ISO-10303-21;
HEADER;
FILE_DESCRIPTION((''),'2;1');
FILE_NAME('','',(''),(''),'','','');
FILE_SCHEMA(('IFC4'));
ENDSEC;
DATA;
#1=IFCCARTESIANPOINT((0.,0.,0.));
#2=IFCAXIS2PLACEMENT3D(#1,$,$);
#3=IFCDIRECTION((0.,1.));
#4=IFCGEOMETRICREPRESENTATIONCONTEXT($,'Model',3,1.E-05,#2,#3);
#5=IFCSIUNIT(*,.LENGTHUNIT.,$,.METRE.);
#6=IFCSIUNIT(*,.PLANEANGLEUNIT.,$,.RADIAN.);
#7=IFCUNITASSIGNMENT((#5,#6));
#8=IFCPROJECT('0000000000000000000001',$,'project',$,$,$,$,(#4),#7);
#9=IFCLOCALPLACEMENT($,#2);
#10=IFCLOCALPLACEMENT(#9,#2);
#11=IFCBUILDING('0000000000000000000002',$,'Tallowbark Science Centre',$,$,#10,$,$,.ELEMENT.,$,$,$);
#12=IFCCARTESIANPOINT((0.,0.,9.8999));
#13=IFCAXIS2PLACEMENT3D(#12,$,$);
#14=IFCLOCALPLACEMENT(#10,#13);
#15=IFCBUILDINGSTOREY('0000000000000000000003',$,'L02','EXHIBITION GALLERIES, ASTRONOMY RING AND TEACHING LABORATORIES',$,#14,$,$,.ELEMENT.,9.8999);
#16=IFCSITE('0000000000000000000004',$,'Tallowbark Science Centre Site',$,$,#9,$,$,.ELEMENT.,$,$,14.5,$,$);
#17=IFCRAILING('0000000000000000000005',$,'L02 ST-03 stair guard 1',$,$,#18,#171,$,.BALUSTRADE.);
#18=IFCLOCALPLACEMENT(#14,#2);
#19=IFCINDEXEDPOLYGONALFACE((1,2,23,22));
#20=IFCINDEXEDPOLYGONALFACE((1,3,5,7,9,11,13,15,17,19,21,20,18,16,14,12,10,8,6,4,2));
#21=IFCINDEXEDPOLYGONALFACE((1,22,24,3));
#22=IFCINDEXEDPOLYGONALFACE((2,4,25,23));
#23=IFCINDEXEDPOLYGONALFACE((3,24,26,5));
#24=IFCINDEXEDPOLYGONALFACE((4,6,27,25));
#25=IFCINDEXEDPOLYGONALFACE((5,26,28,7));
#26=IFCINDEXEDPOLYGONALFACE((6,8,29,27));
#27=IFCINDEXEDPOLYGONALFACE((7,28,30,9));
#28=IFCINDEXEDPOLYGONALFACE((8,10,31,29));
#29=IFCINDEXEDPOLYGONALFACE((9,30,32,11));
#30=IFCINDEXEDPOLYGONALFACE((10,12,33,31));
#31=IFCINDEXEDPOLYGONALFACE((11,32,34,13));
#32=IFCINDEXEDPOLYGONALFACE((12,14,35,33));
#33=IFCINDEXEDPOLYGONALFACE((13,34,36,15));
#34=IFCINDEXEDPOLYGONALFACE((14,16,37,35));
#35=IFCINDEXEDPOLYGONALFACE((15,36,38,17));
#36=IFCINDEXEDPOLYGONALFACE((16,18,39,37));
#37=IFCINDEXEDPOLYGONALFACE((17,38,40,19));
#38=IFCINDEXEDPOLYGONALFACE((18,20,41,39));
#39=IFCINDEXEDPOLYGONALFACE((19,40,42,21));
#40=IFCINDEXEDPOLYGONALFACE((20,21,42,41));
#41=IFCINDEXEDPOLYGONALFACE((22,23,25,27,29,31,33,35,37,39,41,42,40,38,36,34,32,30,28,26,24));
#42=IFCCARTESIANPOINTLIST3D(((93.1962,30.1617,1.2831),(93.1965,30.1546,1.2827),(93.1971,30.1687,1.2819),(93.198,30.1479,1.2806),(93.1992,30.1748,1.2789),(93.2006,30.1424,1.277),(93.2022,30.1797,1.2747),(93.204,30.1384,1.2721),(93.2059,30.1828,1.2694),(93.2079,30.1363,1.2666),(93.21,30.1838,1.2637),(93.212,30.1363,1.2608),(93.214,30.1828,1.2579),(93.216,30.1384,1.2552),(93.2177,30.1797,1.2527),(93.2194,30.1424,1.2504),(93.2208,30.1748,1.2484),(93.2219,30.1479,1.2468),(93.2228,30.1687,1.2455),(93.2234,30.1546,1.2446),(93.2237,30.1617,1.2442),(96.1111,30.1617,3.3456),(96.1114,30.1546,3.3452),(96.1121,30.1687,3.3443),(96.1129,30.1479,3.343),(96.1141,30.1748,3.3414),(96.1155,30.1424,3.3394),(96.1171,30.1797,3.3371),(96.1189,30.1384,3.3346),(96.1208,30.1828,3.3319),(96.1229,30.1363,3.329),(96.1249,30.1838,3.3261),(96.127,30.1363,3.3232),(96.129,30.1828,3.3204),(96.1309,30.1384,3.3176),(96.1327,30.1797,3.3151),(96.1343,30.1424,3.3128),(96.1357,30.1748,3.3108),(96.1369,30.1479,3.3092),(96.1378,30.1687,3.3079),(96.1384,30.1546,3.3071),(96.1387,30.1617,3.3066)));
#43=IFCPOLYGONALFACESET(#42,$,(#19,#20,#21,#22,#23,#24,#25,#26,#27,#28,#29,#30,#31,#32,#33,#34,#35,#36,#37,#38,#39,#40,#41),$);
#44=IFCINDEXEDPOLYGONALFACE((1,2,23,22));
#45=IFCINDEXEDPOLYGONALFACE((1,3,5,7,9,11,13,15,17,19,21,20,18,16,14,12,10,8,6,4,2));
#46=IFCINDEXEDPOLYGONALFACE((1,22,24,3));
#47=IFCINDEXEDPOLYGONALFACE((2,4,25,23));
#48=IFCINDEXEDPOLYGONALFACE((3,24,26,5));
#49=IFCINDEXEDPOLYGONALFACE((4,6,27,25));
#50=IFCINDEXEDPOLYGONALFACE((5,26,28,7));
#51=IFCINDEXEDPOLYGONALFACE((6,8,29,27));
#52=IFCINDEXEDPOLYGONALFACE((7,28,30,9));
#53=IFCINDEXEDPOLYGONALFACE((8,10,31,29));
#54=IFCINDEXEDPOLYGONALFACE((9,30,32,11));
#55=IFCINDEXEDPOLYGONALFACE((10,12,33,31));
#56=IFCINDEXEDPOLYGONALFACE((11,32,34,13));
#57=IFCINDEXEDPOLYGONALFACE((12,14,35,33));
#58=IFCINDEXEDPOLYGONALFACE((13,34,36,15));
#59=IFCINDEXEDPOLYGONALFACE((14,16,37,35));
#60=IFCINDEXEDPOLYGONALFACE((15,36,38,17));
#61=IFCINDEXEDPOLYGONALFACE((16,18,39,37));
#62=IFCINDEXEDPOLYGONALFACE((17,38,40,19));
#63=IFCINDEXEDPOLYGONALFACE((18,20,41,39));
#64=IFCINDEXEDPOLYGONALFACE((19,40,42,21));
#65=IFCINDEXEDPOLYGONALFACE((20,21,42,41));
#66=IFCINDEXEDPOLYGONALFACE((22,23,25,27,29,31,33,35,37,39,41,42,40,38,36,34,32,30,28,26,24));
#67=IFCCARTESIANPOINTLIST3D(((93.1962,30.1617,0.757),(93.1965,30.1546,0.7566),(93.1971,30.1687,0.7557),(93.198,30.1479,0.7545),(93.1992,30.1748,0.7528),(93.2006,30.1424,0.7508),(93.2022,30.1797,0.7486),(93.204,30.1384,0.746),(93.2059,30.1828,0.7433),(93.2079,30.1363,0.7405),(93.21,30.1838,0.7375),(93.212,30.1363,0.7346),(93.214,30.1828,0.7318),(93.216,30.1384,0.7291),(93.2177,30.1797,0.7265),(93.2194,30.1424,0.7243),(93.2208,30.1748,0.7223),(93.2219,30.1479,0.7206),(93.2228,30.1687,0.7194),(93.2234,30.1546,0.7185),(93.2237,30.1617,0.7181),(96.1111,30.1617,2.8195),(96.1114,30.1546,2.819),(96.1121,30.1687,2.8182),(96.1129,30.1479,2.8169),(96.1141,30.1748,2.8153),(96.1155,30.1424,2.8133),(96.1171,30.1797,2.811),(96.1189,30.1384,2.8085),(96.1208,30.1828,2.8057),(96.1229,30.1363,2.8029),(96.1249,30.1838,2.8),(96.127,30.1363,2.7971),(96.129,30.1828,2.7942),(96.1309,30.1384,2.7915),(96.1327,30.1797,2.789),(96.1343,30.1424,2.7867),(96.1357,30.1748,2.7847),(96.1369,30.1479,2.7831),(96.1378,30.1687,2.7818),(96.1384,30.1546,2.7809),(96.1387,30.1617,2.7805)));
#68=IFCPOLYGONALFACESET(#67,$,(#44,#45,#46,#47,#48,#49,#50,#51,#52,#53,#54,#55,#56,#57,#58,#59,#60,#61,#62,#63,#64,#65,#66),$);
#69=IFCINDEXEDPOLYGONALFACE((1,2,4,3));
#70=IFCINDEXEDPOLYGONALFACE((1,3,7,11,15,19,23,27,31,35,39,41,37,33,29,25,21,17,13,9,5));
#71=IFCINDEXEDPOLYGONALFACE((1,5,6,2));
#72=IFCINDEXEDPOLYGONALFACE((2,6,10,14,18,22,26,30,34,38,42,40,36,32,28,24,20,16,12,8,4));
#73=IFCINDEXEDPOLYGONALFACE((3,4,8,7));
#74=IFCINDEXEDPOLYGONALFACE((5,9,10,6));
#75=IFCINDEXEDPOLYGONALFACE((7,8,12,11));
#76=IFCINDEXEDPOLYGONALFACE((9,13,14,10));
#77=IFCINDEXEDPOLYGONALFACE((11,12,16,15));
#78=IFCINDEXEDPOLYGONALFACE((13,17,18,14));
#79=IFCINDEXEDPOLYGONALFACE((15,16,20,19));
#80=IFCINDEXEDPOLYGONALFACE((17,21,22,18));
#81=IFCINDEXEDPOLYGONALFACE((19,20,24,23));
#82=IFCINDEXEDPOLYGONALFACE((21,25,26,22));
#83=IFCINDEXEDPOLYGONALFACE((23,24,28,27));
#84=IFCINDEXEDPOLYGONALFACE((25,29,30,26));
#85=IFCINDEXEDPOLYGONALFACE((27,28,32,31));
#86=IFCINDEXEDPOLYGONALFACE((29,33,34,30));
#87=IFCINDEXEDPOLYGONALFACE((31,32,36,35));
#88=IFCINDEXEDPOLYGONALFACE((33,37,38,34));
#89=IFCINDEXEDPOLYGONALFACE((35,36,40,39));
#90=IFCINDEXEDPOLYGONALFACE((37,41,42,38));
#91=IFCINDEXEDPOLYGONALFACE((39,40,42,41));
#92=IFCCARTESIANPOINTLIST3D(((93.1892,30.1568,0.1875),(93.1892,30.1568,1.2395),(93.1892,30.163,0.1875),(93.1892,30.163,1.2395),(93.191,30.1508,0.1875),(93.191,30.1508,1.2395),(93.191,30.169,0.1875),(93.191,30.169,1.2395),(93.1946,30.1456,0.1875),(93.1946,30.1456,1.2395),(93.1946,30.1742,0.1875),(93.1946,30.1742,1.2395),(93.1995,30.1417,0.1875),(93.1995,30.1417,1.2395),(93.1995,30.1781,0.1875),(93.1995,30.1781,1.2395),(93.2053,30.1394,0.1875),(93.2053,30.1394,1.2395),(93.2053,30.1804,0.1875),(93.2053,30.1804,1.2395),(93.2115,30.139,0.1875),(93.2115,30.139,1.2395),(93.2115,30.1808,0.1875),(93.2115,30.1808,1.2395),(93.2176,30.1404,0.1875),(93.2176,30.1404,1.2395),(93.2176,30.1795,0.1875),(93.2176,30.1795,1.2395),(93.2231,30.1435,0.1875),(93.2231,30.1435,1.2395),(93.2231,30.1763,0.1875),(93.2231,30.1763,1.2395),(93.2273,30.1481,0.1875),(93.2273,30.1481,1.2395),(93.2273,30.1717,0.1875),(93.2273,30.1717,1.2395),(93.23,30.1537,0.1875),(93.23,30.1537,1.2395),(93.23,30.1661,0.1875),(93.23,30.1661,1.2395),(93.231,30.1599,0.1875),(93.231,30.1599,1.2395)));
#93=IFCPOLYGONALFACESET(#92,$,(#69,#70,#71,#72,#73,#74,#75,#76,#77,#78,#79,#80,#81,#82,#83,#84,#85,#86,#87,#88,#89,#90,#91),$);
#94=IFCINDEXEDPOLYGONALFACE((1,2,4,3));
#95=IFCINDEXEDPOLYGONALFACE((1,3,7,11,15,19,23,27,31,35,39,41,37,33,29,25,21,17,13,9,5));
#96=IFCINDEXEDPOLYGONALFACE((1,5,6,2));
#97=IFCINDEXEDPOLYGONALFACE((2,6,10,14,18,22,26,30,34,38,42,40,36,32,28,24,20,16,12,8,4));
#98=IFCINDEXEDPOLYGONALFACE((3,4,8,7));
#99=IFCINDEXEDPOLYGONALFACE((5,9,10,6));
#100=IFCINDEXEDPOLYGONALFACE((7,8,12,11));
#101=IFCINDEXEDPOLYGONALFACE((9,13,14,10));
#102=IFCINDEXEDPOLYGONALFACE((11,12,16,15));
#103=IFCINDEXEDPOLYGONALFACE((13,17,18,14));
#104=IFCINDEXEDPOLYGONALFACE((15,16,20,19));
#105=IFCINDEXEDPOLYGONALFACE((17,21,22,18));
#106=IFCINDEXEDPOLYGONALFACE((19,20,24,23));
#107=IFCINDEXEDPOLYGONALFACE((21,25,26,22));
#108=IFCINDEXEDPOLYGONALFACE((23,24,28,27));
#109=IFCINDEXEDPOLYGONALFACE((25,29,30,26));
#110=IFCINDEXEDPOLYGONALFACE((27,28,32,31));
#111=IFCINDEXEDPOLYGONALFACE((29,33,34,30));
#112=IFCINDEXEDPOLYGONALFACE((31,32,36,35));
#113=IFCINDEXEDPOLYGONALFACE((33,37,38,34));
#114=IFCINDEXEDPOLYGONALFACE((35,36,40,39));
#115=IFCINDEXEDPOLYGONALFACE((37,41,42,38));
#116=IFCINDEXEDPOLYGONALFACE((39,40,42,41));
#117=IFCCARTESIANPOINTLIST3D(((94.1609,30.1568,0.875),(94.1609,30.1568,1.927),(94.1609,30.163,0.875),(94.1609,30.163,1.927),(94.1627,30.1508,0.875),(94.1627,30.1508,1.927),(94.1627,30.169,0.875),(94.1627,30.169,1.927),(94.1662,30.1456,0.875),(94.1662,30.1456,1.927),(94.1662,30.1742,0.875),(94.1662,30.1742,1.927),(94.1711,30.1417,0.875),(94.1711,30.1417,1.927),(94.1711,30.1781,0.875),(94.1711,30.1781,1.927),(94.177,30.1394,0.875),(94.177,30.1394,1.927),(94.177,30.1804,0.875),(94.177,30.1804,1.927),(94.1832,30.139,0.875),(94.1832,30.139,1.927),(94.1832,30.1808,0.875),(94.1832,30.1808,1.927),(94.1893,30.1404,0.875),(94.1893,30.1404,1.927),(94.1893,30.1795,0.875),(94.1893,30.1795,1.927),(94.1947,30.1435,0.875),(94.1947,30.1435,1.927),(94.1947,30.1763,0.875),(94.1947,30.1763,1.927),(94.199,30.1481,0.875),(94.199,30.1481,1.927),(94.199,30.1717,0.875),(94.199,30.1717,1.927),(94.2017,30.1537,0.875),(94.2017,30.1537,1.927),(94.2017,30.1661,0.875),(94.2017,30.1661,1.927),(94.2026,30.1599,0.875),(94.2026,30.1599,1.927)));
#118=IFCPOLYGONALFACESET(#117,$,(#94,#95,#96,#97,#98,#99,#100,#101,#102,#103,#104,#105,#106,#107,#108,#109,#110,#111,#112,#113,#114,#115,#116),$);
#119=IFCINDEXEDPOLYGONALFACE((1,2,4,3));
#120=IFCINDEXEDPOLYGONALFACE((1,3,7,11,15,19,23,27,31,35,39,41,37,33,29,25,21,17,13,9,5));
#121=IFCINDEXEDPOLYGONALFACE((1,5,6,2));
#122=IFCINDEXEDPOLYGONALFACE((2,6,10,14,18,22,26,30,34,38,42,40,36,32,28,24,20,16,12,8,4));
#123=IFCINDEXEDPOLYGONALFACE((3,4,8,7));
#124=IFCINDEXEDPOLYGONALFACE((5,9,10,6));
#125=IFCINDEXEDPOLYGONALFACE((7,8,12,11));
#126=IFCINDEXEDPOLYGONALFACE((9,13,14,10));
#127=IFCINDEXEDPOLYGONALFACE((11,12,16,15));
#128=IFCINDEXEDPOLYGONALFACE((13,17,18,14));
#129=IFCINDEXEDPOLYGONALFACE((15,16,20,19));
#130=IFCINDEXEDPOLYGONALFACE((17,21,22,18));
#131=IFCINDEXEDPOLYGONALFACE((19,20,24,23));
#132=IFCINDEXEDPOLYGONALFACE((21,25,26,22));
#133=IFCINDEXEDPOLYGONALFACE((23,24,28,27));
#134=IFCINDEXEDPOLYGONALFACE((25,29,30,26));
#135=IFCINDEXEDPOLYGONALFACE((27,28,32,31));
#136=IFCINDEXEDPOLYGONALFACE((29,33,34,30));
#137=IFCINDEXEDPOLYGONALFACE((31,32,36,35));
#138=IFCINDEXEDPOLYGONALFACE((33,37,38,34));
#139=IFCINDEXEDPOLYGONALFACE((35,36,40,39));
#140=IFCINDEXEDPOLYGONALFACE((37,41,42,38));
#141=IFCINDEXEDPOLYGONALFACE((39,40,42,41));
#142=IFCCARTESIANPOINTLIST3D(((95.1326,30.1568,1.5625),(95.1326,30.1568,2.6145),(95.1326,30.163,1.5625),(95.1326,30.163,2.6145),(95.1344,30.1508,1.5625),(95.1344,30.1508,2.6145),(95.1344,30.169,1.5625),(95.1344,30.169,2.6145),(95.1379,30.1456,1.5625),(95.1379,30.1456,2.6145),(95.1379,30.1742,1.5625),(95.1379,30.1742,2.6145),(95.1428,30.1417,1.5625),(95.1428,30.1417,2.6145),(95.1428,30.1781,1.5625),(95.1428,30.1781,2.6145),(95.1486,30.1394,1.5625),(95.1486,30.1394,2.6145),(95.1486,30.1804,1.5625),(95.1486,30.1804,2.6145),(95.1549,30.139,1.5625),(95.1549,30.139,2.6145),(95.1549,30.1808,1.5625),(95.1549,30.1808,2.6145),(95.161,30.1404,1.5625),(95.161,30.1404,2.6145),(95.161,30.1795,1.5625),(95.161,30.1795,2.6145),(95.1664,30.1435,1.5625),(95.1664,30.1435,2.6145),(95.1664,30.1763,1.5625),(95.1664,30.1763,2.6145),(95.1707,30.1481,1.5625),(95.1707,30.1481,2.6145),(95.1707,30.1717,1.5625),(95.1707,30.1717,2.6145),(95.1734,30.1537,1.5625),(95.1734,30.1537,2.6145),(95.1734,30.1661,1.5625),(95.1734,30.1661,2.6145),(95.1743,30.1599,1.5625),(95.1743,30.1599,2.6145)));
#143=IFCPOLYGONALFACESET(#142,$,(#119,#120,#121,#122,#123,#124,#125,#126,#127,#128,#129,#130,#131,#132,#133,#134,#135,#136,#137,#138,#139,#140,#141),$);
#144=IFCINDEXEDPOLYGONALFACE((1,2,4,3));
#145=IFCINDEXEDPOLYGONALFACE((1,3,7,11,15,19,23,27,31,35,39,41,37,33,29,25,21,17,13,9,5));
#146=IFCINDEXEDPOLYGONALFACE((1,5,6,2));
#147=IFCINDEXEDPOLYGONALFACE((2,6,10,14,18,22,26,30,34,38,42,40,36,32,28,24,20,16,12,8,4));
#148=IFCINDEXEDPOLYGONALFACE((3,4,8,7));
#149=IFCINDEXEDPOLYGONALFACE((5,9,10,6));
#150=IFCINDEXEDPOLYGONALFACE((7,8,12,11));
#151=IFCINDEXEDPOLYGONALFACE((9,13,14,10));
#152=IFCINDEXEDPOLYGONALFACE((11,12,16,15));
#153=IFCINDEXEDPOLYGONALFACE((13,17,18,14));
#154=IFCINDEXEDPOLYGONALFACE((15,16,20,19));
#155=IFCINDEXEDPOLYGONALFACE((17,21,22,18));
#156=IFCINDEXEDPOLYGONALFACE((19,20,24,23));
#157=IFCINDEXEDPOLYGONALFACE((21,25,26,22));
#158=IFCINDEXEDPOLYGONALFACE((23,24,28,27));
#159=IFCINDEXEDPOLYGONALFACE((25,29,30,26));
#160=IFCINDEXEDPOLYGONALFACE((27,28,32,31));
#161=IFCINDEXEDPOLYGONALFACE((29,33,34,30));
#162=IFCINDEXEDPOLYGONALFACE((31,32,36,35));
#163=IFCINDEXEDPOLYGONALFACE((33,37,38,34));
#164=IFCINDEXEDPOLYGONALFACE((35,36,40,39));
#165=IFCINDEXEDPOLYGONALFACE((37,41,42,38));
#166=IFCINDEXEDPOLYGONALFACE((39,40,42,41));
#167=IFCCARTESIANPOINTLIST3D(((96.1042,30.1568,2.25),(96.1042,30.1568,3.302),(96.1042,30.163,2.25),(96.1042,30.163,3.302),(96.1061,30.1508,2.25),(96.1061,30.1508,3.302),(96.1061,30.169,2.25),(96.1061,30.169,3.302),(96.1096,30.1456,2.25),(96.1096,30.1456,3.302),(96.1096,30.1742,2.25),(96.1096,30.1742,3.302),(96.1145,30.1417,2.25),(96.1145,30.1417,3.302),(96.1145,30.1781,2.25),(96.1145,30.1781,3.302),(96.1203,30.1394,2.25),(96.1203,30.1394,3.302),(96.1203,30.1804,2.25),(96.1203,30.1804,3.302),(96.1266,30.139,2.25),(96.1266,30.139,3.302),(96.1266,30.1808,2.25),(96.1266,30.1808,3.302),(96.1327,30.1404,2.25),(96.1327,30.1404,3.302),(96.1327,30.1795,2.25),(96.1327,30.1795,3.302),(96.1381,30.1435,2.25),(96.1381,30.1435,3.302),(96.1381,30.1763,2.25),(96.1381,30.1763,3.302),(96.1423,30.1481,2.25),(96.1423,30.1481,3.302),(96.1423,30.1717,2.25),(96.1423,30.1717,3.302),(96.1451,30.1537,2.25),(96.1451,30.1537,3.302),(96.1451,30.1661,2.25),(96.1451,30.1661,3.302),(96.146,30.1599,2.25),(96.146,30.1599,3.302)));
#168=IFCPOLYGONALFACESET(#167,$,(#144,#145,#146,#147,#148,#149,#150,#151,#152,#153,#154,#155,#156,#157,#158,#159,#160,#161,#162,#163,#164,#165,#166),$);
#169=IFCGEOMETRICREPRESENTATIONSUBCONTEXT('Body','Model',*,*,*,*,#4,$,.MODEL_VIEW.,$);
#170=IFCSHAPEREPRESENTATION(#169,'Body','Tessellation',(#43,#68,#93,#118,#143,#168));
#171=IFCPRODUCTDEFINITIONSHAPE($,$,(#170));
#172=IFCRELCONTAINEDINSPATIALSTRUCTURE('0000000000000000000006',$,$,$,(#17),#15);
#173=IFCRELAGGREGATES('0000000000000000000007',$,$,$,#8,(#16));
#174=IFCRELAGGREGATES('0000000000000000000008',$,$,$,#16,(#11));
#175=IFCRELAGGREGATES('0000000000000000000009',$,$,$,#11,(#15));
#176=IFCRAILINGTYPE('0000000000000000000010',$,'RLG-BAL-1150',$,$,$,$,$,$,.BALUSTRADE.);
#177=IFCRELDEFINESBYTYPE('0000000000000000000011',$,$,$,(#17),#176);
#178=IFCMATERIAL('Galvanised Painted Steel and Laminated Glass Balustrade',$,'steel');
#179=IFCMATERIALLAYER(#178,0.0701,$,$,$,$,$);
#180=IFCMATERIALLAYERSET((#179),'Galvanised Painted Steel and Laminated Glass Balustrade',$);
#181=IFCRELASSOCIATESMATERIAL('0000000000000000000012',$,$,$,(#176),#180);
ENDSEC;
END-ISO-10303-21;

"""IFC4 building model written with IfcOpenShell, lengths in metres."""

from ifc_helpers import new_model, si_unit, direction, frame, origin, origin_2d, place, context, subcontext, project, spatial, circle, extrude, material, layer, layer_set, type_object, element, save


model = new_model("IFC4")

# Units and contexts
model_context = context("Model", 3, precision=1e-05, world=origin(), true_north=direction((0.0, 1.0)))
body_context = subcontext(model_context, "Body", "Model", "MODEL_VIEW")
ifc_project = project(units=[si_unit("LENGTHUNIT", "METRE"), si_unit("PLANEANGLEUNIT", "RADIAN")], contexts=[model_context])

# Site, building, storey
site_placement = place(None, origin())
site = spatial("IfcSite", under=ifc_project, at=site_placement, Name="Tallowbark Science Centre Site", CompositionType="ELEMENT", RefElevation=14.5)
building_placement = place(site_placement, origin())
building = spatial("IfcBuilding", under=site, at=building_placement, Name="Tallowbark Science Centre", CompositionType="ELEMENT")
storey_placement = place(building_placement, frame((0.0, 0.0, 9.8999)))
storey = spatial("IfcBuildingStorey", under=building, at=storey_placement, Name="L02", Description="EXHIBITION GALLERIES, ASTRONOMY RING AND TEACHING LABORATORIES", CompositionType="ELEMENT", Elevation=9.8999)

# Railing
ifc_material_1 = material(Name="Galvanised Painted Steel and Laminated Glass Balustrade", Category="steel")
ifc_layer_1 = layer(ifc_material_1, 0.0701)
ifc_layer_set_1 = layer_set([ifc_layer_1], Name="Galvanised Painted Steel and Laminated Glass Balustrade")
railing_type_1 = type_object("IfcRailingType", Name="RLG-BAL-1150", PredefinedType="BALUSTRADE", material=ifc_layer_set_1)
railing_1_placement = place(storey_placement, frame((93.21, 30.1599, 0.1875)))
element("IfcRailing", 1, at=railing_1_placement, inside=storey, type_object=railing_type_1, Name="L02 ST-03 stair guard 1", PredefinedType="BALUSTRADE", context=body_context, shape_type="SweptSolid", body=[
    extrude(circle(Radius=0.0239, at=origin_2d()), frame((0.0, 0.0, 1.0762), z_axis=(0.816331, 0.0, 0.577585), x_axis=(0.0, 1.0, 0.0)), (0.0, 0.0, 1.0), 3.5708),
    extrude(circle(Radius=0.0239, at=origin_2d()), frame((0.0, 0.0, 0.55), z_axis=(0.816331, 0.0, 0.577585), x_axis=(0.0, 1.0, 0.0)), (0.0, 0.0, 1.0), 3.5708),
    extrude(circle(Radius=0.021, at=origin_2d()), origin(), (0.0, 0.0, 1.0), 1.052),
    extrude(circle(Radius=0.021, at=origin_2d()), frame((0.9717, 0.0, 0.6875)), (0.0, 0.0, 1.0), 1.052),
    extrude(circle(Radius=0.021, at=origin_2d()), frame((1.9434, 0.0, 1.375)), (0.0, 0.0, 1.0), 1.052),
    extrude(circle(Radius=0.021, at=origin_2d()), frame((2.915, 0.0, 2.0625)), (0.0, 0.0, 1.0), 1.052),
])

save(model, "model.ifc")
